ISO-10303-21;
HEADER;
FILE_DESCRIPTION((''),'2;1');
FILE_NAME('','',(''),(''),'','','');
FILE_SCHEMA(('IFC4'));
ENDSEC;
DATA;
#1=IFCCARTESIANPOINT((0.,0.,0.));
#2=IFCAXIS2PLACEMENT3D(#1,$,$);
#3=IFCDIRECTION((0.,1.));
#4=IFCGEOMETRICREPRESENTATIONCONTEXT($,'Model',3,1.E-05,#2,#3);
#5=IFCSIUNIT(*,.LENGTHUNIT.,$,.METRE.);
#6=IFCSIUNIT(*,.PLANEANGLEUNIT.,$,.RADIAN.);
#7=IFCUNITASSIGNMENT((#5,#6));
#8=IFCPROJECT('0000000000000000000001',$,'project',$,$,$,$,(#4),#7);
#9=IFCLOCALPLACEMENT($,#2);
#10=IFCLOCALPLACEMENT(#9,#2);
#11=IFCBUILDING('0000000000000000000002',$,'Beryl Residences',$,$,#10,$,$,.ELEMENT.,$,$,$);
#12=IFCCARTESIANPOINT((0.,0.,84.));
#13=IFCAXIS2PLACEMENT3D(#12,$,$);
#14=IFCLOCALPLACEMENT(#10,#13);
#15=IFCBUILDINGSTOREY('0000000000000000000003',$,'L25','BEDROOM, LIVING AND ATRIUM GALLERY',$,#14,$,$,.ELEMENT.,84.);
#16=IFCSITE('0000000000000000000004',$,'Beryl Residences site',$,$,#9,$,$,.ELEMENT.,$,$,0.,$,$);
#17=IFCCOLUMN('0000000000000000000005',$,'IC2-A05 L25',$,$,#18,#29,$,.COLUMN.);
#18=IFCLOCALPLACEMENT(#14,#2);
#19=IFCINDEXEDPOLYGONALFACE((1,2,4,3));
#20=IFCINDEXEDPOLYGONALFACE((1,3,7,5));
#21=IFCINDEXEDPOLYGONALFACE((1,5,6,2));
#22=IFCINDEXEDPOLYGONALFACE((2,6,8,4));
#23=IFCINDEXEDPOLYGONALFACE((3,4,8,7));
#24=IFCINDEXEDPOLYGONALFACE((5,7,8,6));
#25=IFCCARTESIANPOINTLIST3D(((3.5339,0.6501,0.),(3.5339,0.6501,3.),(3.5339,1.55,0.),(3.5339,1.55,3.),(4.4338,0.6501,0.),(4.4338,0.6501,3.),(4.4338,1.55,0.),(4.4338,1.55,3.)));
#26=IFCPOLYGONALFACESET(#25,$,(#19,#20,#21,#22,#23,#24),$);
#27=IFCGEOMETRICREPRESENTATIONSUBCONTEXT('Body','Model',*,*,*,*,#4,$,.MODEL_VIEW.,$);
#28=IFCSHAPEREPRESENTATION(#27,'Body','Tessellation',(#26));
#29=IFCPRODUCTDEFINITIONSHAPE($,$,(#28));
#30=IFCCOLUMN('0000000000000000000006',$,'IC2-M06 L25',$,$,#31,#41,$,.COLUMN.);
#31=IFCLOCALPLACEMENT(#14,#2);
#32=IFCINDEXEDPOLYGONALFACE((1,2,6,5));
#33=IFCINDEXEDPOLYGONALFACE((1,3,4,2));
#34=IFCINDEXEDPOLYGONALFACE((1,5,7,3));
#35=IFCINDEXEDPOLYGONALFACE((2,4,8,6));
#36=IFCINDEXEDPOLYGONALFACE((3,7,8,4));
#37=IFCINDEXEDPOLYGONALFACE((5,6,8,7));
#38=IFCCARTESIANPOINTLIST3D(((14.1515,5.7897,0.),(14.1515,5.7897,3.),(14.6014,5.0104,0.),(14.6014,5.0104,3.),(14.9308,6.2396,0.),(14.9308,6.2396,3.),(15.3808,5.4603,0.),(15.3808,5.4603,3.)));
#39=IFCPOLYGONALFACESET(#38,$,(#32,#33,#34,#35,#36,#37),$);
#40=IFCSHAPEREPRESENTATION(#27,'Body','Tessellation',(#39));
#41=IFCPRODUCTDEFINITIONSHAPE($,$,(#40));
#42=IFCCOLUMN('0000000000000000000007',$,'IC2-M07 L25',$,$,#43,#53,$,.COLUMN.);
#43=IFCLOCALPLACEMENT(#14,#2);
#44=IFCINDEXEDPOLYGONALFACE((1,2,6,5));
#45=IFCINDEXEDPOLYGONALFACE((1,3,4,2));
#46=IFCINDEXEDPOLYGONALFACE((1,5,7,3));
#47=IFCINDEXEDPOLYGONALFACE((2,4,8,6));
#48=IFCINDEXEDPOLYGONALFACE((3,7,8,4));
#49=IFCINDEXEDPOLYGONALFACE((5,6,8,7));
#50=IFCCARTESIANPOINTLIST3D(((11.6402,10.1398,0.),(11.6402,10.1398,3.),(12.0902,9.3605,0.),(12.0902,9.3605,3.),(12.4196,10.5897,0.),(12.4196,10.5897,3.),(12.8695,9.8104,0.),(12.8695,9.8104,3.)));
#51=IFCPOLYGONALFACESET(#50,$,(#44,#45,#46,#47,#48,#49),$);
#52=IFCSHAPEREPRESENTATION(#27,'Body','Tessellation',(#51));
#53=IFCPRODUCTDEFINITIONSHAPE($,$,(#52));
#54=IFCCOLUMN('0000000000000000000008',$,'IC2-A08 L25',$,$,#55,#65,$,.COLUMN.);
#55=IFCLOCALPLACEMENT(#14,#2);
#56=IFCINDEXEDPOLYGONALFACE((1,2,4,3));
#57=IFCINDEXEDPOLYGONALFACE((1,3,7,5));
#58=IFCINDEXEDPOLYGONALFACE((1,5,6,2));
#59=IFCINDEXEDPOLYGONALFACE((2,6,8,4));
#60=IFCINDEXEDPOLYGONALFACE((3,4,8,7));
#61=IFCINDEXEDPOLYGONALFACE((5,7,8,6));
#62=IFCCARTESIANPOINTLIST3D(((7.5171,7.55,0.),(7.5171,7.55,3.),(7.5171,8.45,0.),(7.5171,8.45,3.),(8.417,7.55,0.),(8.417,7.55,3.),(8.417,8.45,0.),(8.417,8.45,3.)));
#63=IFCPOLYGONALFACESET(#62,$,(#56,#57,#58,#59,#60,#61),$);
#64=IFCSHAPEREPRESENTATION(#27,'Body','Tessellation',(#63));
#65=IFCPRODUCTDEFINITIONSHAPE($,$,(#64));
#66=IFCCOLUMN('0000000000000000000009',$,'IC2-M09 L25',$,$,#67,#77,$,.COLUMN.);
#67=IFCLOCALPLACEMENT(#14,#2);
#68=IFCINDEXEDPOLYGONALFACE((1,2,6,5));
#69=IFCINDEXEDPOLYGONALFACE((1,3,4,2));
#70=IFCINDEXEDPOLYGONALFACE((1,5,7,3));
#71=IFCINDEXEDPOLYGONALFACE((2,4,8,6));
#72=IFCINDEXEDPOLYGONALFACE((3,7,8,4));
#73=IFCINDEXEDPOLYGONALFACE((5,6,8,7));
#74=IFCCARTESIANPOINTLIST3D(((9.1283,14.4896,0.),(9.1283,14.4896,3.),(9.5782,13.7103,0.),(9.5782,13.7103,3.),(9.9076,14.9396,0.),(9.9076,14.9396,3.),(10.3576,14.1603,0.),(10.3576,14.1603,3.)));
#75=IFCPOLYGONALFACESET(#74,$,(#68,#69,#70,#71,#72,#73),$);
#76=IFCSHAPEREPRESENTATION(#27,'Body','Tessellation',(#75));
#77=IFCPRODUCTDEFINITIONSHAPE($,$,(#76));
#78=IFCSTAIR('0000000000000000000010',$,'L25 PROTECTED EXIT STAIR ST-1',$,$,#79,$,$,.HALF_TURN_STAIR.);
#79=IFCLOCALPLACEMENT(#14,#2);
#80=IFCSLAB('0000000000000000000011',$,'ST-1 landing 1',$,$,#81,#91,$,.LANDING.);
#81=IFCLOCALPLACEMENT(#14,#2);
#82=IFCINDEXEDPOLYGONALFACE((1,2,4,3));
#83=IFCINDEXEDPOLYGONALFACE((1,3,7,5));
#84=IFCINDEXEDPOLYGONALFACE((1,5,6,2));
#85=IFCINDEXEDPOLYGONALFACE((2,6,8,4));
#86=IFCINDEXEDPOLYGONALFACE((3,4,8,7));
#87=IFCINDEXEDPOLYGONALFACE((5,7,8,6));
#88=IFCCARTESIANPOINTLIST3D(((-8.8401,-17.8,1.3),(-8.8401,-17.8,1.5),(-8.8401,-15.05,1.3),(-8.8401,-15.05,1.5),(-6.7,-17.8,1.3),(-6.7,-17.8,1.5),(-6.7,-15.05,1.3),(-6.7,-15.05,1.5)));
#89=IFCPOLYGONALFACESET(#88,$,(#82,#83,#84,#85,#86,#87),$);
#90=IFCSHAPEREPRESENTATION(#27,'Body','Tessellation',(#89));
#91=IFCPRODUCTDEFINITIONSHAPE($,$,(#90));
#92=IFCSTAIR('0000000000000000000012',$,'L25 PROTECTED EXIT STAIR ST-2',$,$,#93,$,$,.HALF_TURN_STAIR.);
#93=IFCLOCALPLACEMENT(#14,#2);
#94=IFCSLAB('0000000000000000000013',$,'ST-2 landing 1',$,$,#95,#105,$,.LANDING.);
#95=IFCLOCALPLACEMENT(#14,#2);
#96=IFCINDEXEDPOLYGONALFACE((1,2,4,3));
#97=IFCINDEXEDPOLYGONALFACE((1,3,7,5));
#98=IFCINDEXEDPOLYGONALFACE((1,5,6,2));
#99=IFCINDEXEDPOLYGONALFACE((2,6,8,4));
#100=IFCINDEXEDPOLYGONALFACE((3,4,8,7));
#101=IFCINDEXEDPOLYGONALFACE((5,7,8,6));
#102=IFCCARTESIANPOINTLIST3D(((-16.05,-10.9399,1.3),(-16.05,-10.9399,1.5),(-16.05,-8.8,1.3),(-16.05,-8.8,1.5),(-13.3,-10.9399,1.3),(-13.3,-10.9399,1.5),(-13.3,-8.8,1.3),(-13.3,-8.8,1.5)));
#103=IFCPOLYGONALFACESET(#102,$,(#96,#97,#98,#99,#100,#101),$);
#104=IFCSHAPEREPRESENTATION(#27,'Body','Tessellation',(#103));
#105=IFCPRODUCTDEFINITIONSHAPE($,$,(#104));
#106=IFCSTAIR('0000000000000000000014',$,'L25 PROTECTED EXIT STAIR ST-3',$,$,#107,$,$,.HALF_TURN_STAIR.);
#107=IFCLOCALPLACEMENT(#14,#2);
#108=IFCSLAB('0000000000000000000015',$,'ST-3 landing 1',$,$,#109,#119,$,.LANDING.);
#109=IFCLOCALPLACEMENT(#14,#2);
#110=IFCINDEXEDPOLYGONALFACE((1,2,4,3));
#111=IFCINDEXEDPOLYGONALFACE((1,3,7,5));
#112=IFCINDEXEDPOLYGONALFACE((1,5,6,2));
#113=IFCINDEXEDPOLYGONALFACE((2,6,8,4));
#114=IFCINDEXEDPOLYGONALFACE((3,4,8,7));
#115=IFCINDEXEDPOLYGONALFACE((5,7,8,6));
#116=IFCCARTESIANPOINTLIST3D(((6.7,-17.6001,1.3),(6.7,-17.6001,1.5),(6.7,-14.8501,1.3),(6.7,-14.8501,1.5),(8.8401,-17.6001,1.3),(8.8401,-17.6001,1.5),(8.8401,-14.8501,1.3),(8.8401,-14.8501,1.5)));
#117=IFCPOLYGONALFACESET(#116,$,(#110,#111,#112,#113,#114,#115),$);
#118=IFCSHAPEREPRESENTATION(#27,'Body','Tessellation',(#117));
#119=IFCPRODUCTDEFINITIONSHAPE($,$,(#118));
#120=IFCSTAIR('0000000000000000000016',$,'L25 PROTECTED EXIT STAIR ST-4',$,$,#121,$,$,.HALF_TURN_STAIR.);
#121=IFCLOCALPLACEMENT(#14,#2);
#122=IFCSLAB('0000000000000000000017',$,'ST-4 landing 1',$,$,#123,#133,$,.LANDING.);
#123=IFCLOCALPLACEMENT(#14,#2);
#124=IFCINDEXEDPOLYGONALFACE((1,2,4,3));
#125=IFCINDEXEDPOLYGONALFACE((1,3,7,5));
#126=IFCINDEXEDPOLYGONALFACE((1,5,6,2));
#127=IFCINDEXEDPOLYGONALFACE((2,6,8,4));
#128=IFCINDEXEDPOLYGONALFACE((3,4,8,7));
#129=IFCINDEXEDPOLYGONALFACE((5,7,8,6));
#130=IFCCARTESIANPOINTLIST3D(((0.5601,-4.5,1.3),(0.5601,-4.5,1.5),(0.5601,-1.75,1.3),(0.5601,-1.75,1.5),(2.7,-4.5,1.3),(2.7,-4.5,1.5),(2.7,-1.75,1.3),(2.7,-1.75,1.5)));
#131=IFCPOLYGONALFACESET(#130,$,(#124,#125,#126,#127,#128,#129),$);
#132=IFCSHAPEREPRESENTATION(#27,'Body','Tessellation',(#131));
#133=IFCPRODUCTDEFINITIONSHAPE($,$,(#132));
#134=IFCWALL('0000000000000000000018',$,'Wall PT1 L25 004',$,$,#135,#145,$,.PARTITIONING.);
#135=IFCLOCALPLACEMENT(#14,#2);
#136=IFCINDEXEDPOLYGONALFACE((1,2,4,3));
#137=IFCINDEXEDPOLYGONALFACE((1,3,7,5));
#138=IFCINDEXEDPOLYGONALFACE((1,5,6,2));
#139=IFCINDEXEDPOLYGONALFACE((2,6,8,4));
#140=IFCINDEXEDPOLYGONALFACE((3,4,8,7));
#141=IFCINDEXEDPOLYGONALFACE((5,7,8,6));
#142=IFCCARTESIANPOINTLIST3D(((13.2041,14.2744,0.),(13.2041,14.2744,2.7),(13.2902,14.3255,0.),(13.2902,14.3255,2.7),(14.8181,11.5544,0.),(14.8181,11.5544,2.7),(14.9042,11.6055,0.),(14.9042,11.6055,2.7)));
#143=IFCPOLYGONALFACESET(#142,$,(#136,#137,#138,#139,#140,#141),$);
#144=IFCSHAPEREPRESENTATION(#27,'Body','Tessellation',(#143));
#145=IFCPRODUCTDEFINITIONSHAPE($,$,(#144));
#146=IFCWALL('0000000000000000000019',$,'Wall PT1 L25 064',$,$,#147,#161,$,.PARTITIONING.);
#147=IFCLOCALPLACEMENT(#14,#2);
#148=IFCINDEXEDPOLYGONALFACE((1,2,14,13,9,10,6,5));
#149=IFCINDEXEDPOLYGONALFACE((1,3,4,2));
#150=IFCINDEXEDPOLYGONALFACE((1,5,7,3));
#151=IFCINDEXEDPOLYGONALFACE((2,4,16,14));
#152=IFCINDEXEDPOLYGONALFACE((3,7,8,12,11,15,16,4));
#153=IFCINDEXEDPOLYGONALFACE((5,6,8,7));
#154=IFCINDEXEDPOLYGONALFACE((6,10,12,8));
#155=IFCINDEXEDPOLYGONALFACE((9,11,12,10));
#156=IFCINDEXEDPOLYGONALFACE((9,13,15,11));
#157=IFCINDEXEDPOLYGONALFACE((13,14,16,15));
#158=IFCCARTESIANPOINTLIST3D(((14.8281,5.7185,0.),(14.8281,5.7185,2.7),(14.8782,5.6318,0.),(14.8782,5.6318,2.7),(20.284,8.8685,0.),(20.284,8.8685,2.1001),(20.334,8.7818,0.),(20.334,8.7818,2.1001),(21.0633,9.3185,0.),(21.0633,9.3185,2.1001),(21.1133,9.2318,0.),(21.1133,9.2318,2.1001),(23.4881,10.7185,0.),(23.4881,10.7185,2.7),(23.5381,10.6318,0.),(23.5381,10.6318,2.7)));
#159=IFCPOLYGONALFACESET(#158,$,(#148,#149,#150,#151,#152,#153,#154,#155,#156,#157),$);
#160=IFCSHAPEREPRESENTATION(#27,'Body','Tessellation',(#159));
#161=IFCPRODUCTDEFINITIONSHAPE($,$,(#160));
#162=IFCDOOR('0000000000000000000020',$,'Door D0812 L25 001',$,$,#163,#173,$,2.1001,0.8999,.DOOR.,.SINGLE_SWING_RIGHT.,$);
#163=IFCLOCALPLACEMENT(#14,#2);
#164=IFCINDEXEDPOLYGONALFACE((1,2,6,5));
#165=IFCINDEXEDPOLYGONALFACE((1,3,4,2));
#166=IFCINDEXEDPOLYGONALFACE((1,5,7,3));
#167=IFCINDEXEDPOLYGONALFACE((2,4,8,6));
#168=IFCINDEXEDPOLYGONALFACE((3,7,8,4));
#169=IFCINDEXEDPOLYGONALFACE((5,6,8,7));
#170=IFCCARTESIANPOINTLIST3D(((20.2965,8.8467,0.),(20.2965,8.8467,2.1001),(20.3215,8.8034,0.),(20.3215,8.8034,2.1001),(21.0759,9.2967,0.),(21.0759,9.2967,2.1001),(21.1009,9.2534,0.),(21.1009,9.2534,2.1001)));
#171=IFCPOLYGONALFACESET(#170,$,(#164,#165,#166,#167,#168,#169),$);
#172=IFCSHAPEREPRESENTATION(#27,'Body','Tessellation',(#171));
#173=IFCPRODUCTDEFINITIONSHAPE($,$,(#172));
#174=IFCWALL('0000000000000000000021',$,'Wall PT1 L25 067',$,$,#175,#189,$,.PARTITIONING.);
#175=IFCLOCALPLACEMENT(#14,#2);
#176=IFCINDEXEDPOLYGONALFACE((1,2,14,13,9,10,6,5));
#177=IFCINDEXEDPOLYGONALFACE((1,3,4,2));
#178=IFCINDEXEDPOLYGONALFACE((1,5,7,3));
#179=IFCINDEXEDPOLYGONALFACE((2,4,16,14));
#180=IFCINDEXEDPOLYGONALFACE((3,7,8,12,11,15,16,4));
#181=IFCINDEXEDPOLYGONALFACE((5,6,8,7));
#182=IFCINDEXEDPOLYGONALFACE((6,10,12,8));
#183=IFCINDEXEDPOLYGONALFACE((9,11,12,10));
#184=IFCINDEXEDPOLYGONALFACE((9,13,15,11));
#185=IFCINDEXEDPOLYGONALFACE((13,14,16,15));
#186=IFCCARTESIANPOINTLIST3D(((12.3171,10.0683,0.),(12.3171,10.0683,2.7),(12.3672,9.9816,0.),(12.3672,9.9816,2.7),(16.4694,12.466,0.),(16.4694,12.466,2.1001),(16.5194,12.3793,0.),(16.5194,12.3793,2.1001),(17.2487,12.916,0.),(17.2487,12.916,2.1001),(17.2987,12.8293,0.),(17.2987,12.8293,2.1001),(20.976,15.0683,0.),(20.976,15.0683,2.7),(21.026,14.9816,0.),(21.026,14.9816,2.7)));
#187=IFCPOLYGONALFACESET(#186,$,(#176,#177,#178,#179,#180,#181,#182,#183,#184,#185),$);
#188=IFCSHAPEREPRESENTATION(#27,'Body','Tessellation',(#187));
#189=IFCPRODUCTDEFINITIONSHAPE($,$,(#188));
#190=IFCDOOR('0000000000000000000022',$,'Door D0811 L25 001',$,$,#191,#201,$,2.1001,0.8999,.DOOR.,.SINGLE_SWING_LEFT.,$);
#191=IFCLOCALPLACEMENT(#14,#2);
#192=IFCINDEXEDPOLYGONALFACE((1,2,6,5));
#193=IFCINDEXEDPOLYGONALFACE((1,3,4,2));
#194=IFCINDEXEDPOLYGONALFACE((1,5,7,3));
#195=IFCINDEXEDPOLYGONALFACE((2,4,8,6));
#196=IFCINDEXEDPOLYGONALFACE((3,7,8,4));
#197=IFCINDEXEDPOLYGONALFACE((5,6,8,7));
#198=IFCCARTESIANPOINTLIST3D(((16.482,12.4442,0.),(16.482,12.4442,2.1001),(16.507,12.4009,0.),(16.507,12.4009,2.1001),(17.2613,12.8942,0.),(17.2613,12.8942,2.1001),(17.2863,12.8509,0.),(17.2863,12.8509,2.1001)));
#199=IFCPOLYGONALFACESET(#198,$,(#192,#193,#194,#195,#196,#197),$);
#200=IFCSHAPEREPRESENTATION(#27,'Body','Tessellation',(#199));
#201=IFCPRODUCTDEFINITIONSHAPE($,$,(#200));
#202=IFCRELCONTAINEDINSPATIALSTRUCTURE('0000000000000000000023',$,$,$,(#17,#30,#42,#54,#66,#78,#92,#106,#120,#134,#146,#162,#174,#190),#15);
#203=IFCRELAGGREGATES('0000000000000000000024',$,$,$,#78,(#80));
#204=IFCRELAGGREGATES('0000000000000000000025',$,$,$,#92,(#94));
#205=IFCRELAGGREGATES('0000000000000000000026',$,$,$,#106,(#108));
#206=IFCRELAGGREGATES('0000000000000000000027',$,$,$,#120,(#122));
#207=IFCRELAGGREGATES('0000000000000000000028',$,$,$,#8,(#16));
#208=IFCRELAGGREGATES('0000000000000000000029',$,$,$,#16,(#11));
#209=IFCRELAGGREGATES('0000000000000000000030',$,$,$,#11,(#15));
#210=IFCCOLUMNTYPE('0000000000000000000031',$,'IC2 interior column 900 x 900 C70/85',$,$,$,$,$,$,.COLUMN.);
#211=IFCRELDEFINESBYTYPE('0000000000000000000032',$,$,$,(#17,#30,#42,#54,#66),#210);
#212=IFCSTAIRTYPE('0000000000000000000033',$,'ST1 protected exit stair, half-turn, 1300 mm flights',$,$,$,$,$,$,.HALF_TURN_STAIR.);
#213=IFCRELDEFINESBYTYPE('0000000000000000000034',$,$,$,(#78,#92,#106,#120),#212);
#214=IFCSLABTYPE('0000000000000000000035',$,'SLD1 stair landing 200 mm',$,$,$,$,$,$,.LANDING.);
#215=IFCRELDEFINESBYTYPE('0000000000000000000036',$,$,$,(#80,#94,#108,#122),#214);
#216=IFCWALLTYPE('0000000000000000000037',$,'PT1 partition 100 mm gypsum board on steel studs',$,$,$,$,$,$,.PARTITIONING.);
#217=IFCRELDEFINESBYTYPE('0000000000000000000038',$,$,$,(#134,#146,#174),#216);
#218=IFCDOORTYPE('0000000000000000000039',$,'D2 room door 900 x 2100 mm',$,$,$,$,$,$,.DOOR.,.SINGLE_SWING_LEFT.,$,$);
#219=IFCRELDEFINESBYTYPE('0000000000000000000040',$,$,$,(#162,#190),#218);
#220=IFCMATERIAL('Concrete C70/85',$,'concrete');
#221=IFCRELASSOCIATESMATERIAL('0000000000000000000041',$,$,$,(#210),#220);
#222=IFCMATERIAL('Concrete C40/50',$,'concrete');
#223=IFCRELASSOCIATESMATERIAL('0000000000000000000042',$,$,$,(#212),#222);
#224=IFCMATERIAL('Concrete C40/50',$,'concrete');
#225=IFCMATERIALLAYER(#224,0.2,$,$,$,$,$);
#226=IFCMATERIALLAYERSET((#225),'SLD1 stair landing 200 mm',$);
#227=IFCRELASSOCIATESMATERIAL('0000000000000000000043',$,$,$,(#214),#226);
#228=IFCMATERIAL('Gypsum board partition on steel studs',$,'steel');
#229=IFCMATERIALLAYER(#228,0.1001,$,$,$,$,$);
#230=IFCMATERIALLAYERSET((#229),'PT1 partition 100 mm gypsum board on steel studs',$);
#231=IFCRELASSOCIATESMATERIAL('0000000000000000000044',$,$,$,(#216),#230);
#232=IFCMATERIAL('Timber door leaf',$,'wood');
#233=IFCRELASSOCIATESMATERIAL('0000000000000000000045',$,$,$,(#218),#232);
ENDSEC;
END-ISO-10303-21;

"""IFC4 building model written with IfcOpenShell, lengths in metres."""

from ifc_helpers import new_model, si_unit, direction, frame, frame_2d, origin, origin_2d, place, context, subcontext, project, spatial, polyline, rectangle, outline, extrude, material, layer, layer_set, material_profile, profile_set, type_object, element, fill, aggregate, save


model = new_model("IFC4")

# Units and contexts
model_context = context("Model", 3, precision=1e-05, world=origin(), true_north=direction((0.0, 1.0)))
body_context = subcontext(model_context, "Body", "Model", "MODEL_VIEW")
ifc_project = project(units=[si_unit("LENGTHUNIT", "METRE"), si_unit("PLANEANGLEUNIT", "RADIAN")], contexts=[model_context])

# Site, building, storey
site_placement = place(None, origin())
site = spatial("IfcSite", under=ifc_project, at=site_placement, Name="Beryl Residences site", CompositionType="ELEMENT", RefElevation=0.0)
building_placement = place(site_placement, origin())
building = spatial("IfcBuilding", under=site, at=building_placement, Name="Beryl Residences", CompositionType="ELEMENT")
storey_placement = place(building_placement, frame((0.0, 0.0, 84.0)))
storey = spatial("IfcBuildingStorey", under=building, at=storey_placement, Name="L25", Description="BEDROOM, LIVING AND ATRIUM GALLERY", CompositionType="ELEMENT", Elevation=84.0)

# Columns
ifc_material_1 = material(Name="Concrete C70/85", Category="concrete")
ifc_material_profile = material_profile(ifc_material_1, rectangle(XDim=0.8999, YDim=0.8999, at=origin_2d()))
ifc_profile_set = profile_set([ifc_material_profile], Name="Concrete C70/85")
column_type = type_object("IfcColumnType", Name="IC2 interior column 900 x 900 C70/85", PredefinedType="COLUMN", material=ifc_profile_set)
for number, where, z_axis, x_axis, name in (
    (1, (3.9839, 1.1001, 0.0), (0.0, 0.0, 1.0), (1.0, 0.0, 0.0), "IC2-A05 L25"),
    (2, (14.7661, 5.625, 0.0), (0.0, 0.0, 1.0), (-0.5, 0.866025, 0.0), "IC2-M06 L25"),
    (3, (12.2549, 9.9751, 0.0), (0.0, 0.0, 1.0), (-0.5, 0.866025, 0.0), "IC2-M07 L25"),
    (4, (7.967, 8.0, 0.0), (0.0, 0.0, 1.0), (1.0, 0.0, 0.0), "IC2-A08 L25"),
    (5, (9.7429, 14.325, 0.0), (0.0, 0.0, 1.0), (-0.5, 0.866025, 0.0), "IC2-M09 L25"),
):
    element("IfcColumn", number, at=place(storey_placement, frame(where, z_axis=z_axis, x_axis=x_axis)), inside=storey, type_object=column_type, Name=name, PredefinedType="COLUMN", context=body_context, shape_type="SweptSolid", body=[
        extrude(rectangle(XDim=0.8999, YDim=0.8999, at=origin_2d()), origin(), (0.0, 0.0, 1.0), 3.0),
    ])

# Stairs, slabs
ifc_material_2 = material(Name="Concrete C40/50", Category="concrete")
stair_type = type_object("IfcStairType", Name="ST1 protected exit stair, half-turn, 1300 mm flights", PredefinedType="HALF_TURN_STAIR", material=ifc_material_2)
stair_1_placement = place(storey_placement, origin())
stair_1 = element("IfcStair", 6, at=stair_1_placement, inside=storey, type_object=stair_type, Name="L25 PROTECTED EXIT STAIR ST-1", PredefinedType="HALF_TURN_STAIR")
ifc_material_3 = material(Name="Concrete C40/50", Category="concrete")
ifc_layer_1 = layer(ifc_material_3, 0.2)
ifc_layer_set_1 = layer_set([ifc_layer_1], Name="SLD1 stair landing 200 mm")
slab_type_1 = type_object("IfcSlabType", Name="SLD1 stair landing 200 mm", PredefinedType="LANDING", material=ifc_layer_set_1)
slab_1_placement = place(storey_placement, frame((0.0, 0.0, 1.3)))
slab_1 = element("IfcSlab", 7, at=slab_1_placement, type_object=slab_type_1, Name="ST-1 landing 1", PredefinedType="LANDING", context=body_context, shape_type="SweptSolid", body=[
    extrude(outline(polyline([(-8.8401, -17.8), (-6.7, -17.8), (-6.7, -15.05), (-8.8401, -15.05), (-8.8401, -17.8)])), origin(), (0.0, 0.0, 1.0), 0.2),
])
aggregate(stair_1, [slab_1])
stair_2_placement = place(storey_placement, origin())
stair_2 = element("IfcStair", 8, at=stair_2_placement, inside=storey, type_object=stair_type, Name="L25 PROTECTED EXIT STAIR ST-2", PredefinedType="HALF_TURN_STAIR")
slab_2_placement = place(storey_placement, frame((0.0, 0.0, 1.3)))
slab_2 = element("IfcSlab", 9, at=slab_2_placement, type_object=slab_type_1, Name="ST-2 landing 1", PredefinedType="LANDING", context=body_context, shape_type="SweptSolid", body=[
    extrude(outline(polyline([(-13.3, -10.9399), (-13.3, -8.8), (-16.05, -8.8), (-16.05, -10.9399), (-13.3, -10.9399)])), origin(), (0.0, 0.0, 1.0), 0.2),
])
aggregate(stair_2, [slab_2])
stair_3_placement = place(storey_placement, origin())
stair_3 = element("IfcStair", 10, at=stair_3_placement, inside=storey, type_object=stair_type, Name="L25 PROTECTED EXIT STAIR ST-3", PredefinedType="HALF_TURN_STAIR")
slab_3_placement = place(storey_placement, frame((0.0, 0.0, 1.3)))
slab_3 = element("IfcSlab", 11, at=slab_3_placement, type_object=slab_type_1, Name="ST-3 landing 1", PredefinedType="LANDING", context=body_context, shape_type="SweptSolid", body=[
    extrude(outline(polyline([(8.8401, -14.8501), (6.7, -14.8501), (6.7, -17.6001), (8.8401, -17.6001), (8.8401, -14.8501)])), origin(), (0.0, 0.0, 1.0), 0.2),
])
aggregate(stair_3, [slab_3])
stair_4_placement = place(storey_placement, origin())
stair_4 = element("IfcStair", 12, at=stair_4_placement, inside=storey, type_object=stair_type, Name="L25 PROTECTED EXIT STAIR ST-4", PredefinedType="HALF_TURN_STAIR")
slab_4_placement = place(storey_placement, frame((0.0, 0.0, 1.3)))
slab_4 = element("IfcSlab", 13, at=slab_4_placement, type_object=slab_type_1, Name="ST-4 landing 1", PredefinedType="LANDING", context=body_context, shape_type="SweptSolid", body=[
    extrude(outline(polyline([(0.5601, -4.5), (2.7, -4.5), (2.7, -1.75), (0.5601, -1.75), (0.5601, -4.5)])), origin(), (0.0, 0.0, 1.0), 0.2),
])
aggregate(stair_4, [slab_4])

# Wall
ifc_material_4 = material(Name="Gypsum board partition on steel studs", Category="steel")
ifc_layer_2 = layer(ifc_material_4, 0.1001)
ifc_layer_set_2 = layer_set([ifc_layer_2], Name="PT1 partition 100 mm gypsum board on steel studs")
wall_type_1 = type_object("IfcWallType", Name="PT1 partition 100 mm gypsum board on steel studs", PredefinedType="PARTITIONING", material=ifc_layer_set_2)
wall_1_placement = place(storey_placement, frame((13.2471, 14.3, 0.0), z_axis=(0.0, 0.0, 1.0), x_axis=(0.510312, -0.859989, 0.0)))
element("IfcWall", 14, at=wall_1_placement, inside=storey, type_object=wall_type_1, Name="Wall PT1 L25 004", PredefinedType="PARTITIONING", context=body_context, shape_type="SweptSolid", body=[
    extrude(rectangle(XDim=3.1628, YDim=0.1001, at=frame_2d((1.5815, 0.0))), origin(), (0.0, 0.0, 1.0), 2.7),
])

# Walls, openings, doors
wall_2_placement = place(storey_placement, frame((14.853, 5.675, 0.0), z_axis=(0.0, 0.0, 1.0), x_axis=(0.866017, 0.500015, 0.0)))
wall_2 = element("IfcWall", 15, at=wall_2_placement, inside=storey, type_object=wall_type_1, Name="Wall PT1 L25 064", PredefinedType="PARTITIONING", context=body_context, shape_type="SweptSolid", body=[
    extrude(rectangle(XDim=9.9998, YDim=0.1001, at=frame_2d((5.0, 0.0))), origin(), (0.0, 0.0, 1.0), 2.7),
])
opening_1_placement = place(wall_2_placement, frame((6.3, 0.0, 0.0)))
opening_1 = element("IfcOpeningElement", 16, at=opening_1_placement, cuts=wall_2, PredefinedType="OPENING", context=body_context, shape_type="SweptSolid", body=[
    extrude(rectangle(XDim=0.8999, YDim=2.1001, at=frame_2d((0.45, 1.05))), frame((0.0, 0.0601, 0.0), z_axis=(0.0, -1.0, 0.0), x_axis=(1.0, 0.0, 0.0)), (0.0, 0.0, 1.0), 0.1201),
])
ifc_material_5 = material(Name="Timber door leaf", Category="wood")
door_type_1 = type_object("IfcDoorType", Name="D2 room door 900 x 2100 mm", OperationType="SINGLE_SWING_LEFT", PredefinedType="DOOR", material=ifc_material_5)
door_1_placement = place(opening_1_placement, origin())
door_1 = element("IfcDoor", 17, at=door_1_placement, inside=storey, type_object=door_type_1, Name="Door D0812 L25 001", OperationType="SINGLE_SWING_RIGHT", OverallHeight=2.1001, OverallWidth=0.8999, PredefinedType="DOOR", context=body_context, shape_type="SweptSolid", body=[
    extrude(rectangle(XDim=0.8999, YDim=2.1001, at=frame_2d((0.45, 1.05))), frame((0.0, 0.0249, 0.0), z_axis=(0.0, -1.0, 0.0), x_axis=(1.0, 0.0, 0.0)), (0.0, 0.0, 1.0), 0.05),
])
fill(opening_1, door_1)
wall_3_placement = place(storey_placement, frame((12.342, 10.0249, 0.0), z_axis=(0.0, 0.0, 1.0), x_axis=(0.865992, 0.500057, 0.0)))
wall_3 = element("IfcWall", 18, at=wall_3_placement, inside=storey, type_object=wall_type_1, Name="Wall PT1 L25 067", PredefinedType="PARTITIONING", context=body_context, shape_type="SweptSolid", body=[
    extrude(rectangle(XDim=9.9988, YDim=0.1001, at=frame_2d((4.9995, 0.0))), origin(), (0.0, 0.0, 1.0), 2.7),
])
opening_2_placement = place(wall_3_placement, frame((4.7949, 0.0, 0.0)))
opening_2 = element("IfcOpeningElement", 19, at=opening_2_placement, cuts=wall_3, PredefinedType="OPENING", context=body_context, shape_type="SweptSolid", body=[
    extrude(rectangle(XDim=0.8999, YDim=2.1001, at=frame_2d((0.45, 1.05))), frame((0.0, 0.0601, 0.0), z_axis=(0.0, -1.0, 0.0), x_axis=(1.0, 0.0, 0.0)), (0.0, 0.0, 1.0), 0.1201),
])
door_2_placement = place(opening_2_placement, origin())
door_2 = element("IfcDoor", 20, at=door_2_placement, inside=storey, type_object=door_type_1, Name="Door D0811 L25 001", OperationType="SINGLE_SWING_LEFT", OverallHeight=2.1001, OverallWidth=0.8999, PredefinedType="DOOR", context=body_context, shape_type="SweptSolid", body=[
    extrude(rectangle(XDim=0.8999, YDim=2.1001, at=frame_2d((0.45, 1.05))), frame((0.0, 0.0249, 0.0), z_axis=(0.0, -1.0, 0.0), x_axis=(1.0, 0.0, 0.0)), (0.0, 0.0, 1.0), 0.05),
])
fill(opening_2, door_2)

save(model, "model.ifc")
